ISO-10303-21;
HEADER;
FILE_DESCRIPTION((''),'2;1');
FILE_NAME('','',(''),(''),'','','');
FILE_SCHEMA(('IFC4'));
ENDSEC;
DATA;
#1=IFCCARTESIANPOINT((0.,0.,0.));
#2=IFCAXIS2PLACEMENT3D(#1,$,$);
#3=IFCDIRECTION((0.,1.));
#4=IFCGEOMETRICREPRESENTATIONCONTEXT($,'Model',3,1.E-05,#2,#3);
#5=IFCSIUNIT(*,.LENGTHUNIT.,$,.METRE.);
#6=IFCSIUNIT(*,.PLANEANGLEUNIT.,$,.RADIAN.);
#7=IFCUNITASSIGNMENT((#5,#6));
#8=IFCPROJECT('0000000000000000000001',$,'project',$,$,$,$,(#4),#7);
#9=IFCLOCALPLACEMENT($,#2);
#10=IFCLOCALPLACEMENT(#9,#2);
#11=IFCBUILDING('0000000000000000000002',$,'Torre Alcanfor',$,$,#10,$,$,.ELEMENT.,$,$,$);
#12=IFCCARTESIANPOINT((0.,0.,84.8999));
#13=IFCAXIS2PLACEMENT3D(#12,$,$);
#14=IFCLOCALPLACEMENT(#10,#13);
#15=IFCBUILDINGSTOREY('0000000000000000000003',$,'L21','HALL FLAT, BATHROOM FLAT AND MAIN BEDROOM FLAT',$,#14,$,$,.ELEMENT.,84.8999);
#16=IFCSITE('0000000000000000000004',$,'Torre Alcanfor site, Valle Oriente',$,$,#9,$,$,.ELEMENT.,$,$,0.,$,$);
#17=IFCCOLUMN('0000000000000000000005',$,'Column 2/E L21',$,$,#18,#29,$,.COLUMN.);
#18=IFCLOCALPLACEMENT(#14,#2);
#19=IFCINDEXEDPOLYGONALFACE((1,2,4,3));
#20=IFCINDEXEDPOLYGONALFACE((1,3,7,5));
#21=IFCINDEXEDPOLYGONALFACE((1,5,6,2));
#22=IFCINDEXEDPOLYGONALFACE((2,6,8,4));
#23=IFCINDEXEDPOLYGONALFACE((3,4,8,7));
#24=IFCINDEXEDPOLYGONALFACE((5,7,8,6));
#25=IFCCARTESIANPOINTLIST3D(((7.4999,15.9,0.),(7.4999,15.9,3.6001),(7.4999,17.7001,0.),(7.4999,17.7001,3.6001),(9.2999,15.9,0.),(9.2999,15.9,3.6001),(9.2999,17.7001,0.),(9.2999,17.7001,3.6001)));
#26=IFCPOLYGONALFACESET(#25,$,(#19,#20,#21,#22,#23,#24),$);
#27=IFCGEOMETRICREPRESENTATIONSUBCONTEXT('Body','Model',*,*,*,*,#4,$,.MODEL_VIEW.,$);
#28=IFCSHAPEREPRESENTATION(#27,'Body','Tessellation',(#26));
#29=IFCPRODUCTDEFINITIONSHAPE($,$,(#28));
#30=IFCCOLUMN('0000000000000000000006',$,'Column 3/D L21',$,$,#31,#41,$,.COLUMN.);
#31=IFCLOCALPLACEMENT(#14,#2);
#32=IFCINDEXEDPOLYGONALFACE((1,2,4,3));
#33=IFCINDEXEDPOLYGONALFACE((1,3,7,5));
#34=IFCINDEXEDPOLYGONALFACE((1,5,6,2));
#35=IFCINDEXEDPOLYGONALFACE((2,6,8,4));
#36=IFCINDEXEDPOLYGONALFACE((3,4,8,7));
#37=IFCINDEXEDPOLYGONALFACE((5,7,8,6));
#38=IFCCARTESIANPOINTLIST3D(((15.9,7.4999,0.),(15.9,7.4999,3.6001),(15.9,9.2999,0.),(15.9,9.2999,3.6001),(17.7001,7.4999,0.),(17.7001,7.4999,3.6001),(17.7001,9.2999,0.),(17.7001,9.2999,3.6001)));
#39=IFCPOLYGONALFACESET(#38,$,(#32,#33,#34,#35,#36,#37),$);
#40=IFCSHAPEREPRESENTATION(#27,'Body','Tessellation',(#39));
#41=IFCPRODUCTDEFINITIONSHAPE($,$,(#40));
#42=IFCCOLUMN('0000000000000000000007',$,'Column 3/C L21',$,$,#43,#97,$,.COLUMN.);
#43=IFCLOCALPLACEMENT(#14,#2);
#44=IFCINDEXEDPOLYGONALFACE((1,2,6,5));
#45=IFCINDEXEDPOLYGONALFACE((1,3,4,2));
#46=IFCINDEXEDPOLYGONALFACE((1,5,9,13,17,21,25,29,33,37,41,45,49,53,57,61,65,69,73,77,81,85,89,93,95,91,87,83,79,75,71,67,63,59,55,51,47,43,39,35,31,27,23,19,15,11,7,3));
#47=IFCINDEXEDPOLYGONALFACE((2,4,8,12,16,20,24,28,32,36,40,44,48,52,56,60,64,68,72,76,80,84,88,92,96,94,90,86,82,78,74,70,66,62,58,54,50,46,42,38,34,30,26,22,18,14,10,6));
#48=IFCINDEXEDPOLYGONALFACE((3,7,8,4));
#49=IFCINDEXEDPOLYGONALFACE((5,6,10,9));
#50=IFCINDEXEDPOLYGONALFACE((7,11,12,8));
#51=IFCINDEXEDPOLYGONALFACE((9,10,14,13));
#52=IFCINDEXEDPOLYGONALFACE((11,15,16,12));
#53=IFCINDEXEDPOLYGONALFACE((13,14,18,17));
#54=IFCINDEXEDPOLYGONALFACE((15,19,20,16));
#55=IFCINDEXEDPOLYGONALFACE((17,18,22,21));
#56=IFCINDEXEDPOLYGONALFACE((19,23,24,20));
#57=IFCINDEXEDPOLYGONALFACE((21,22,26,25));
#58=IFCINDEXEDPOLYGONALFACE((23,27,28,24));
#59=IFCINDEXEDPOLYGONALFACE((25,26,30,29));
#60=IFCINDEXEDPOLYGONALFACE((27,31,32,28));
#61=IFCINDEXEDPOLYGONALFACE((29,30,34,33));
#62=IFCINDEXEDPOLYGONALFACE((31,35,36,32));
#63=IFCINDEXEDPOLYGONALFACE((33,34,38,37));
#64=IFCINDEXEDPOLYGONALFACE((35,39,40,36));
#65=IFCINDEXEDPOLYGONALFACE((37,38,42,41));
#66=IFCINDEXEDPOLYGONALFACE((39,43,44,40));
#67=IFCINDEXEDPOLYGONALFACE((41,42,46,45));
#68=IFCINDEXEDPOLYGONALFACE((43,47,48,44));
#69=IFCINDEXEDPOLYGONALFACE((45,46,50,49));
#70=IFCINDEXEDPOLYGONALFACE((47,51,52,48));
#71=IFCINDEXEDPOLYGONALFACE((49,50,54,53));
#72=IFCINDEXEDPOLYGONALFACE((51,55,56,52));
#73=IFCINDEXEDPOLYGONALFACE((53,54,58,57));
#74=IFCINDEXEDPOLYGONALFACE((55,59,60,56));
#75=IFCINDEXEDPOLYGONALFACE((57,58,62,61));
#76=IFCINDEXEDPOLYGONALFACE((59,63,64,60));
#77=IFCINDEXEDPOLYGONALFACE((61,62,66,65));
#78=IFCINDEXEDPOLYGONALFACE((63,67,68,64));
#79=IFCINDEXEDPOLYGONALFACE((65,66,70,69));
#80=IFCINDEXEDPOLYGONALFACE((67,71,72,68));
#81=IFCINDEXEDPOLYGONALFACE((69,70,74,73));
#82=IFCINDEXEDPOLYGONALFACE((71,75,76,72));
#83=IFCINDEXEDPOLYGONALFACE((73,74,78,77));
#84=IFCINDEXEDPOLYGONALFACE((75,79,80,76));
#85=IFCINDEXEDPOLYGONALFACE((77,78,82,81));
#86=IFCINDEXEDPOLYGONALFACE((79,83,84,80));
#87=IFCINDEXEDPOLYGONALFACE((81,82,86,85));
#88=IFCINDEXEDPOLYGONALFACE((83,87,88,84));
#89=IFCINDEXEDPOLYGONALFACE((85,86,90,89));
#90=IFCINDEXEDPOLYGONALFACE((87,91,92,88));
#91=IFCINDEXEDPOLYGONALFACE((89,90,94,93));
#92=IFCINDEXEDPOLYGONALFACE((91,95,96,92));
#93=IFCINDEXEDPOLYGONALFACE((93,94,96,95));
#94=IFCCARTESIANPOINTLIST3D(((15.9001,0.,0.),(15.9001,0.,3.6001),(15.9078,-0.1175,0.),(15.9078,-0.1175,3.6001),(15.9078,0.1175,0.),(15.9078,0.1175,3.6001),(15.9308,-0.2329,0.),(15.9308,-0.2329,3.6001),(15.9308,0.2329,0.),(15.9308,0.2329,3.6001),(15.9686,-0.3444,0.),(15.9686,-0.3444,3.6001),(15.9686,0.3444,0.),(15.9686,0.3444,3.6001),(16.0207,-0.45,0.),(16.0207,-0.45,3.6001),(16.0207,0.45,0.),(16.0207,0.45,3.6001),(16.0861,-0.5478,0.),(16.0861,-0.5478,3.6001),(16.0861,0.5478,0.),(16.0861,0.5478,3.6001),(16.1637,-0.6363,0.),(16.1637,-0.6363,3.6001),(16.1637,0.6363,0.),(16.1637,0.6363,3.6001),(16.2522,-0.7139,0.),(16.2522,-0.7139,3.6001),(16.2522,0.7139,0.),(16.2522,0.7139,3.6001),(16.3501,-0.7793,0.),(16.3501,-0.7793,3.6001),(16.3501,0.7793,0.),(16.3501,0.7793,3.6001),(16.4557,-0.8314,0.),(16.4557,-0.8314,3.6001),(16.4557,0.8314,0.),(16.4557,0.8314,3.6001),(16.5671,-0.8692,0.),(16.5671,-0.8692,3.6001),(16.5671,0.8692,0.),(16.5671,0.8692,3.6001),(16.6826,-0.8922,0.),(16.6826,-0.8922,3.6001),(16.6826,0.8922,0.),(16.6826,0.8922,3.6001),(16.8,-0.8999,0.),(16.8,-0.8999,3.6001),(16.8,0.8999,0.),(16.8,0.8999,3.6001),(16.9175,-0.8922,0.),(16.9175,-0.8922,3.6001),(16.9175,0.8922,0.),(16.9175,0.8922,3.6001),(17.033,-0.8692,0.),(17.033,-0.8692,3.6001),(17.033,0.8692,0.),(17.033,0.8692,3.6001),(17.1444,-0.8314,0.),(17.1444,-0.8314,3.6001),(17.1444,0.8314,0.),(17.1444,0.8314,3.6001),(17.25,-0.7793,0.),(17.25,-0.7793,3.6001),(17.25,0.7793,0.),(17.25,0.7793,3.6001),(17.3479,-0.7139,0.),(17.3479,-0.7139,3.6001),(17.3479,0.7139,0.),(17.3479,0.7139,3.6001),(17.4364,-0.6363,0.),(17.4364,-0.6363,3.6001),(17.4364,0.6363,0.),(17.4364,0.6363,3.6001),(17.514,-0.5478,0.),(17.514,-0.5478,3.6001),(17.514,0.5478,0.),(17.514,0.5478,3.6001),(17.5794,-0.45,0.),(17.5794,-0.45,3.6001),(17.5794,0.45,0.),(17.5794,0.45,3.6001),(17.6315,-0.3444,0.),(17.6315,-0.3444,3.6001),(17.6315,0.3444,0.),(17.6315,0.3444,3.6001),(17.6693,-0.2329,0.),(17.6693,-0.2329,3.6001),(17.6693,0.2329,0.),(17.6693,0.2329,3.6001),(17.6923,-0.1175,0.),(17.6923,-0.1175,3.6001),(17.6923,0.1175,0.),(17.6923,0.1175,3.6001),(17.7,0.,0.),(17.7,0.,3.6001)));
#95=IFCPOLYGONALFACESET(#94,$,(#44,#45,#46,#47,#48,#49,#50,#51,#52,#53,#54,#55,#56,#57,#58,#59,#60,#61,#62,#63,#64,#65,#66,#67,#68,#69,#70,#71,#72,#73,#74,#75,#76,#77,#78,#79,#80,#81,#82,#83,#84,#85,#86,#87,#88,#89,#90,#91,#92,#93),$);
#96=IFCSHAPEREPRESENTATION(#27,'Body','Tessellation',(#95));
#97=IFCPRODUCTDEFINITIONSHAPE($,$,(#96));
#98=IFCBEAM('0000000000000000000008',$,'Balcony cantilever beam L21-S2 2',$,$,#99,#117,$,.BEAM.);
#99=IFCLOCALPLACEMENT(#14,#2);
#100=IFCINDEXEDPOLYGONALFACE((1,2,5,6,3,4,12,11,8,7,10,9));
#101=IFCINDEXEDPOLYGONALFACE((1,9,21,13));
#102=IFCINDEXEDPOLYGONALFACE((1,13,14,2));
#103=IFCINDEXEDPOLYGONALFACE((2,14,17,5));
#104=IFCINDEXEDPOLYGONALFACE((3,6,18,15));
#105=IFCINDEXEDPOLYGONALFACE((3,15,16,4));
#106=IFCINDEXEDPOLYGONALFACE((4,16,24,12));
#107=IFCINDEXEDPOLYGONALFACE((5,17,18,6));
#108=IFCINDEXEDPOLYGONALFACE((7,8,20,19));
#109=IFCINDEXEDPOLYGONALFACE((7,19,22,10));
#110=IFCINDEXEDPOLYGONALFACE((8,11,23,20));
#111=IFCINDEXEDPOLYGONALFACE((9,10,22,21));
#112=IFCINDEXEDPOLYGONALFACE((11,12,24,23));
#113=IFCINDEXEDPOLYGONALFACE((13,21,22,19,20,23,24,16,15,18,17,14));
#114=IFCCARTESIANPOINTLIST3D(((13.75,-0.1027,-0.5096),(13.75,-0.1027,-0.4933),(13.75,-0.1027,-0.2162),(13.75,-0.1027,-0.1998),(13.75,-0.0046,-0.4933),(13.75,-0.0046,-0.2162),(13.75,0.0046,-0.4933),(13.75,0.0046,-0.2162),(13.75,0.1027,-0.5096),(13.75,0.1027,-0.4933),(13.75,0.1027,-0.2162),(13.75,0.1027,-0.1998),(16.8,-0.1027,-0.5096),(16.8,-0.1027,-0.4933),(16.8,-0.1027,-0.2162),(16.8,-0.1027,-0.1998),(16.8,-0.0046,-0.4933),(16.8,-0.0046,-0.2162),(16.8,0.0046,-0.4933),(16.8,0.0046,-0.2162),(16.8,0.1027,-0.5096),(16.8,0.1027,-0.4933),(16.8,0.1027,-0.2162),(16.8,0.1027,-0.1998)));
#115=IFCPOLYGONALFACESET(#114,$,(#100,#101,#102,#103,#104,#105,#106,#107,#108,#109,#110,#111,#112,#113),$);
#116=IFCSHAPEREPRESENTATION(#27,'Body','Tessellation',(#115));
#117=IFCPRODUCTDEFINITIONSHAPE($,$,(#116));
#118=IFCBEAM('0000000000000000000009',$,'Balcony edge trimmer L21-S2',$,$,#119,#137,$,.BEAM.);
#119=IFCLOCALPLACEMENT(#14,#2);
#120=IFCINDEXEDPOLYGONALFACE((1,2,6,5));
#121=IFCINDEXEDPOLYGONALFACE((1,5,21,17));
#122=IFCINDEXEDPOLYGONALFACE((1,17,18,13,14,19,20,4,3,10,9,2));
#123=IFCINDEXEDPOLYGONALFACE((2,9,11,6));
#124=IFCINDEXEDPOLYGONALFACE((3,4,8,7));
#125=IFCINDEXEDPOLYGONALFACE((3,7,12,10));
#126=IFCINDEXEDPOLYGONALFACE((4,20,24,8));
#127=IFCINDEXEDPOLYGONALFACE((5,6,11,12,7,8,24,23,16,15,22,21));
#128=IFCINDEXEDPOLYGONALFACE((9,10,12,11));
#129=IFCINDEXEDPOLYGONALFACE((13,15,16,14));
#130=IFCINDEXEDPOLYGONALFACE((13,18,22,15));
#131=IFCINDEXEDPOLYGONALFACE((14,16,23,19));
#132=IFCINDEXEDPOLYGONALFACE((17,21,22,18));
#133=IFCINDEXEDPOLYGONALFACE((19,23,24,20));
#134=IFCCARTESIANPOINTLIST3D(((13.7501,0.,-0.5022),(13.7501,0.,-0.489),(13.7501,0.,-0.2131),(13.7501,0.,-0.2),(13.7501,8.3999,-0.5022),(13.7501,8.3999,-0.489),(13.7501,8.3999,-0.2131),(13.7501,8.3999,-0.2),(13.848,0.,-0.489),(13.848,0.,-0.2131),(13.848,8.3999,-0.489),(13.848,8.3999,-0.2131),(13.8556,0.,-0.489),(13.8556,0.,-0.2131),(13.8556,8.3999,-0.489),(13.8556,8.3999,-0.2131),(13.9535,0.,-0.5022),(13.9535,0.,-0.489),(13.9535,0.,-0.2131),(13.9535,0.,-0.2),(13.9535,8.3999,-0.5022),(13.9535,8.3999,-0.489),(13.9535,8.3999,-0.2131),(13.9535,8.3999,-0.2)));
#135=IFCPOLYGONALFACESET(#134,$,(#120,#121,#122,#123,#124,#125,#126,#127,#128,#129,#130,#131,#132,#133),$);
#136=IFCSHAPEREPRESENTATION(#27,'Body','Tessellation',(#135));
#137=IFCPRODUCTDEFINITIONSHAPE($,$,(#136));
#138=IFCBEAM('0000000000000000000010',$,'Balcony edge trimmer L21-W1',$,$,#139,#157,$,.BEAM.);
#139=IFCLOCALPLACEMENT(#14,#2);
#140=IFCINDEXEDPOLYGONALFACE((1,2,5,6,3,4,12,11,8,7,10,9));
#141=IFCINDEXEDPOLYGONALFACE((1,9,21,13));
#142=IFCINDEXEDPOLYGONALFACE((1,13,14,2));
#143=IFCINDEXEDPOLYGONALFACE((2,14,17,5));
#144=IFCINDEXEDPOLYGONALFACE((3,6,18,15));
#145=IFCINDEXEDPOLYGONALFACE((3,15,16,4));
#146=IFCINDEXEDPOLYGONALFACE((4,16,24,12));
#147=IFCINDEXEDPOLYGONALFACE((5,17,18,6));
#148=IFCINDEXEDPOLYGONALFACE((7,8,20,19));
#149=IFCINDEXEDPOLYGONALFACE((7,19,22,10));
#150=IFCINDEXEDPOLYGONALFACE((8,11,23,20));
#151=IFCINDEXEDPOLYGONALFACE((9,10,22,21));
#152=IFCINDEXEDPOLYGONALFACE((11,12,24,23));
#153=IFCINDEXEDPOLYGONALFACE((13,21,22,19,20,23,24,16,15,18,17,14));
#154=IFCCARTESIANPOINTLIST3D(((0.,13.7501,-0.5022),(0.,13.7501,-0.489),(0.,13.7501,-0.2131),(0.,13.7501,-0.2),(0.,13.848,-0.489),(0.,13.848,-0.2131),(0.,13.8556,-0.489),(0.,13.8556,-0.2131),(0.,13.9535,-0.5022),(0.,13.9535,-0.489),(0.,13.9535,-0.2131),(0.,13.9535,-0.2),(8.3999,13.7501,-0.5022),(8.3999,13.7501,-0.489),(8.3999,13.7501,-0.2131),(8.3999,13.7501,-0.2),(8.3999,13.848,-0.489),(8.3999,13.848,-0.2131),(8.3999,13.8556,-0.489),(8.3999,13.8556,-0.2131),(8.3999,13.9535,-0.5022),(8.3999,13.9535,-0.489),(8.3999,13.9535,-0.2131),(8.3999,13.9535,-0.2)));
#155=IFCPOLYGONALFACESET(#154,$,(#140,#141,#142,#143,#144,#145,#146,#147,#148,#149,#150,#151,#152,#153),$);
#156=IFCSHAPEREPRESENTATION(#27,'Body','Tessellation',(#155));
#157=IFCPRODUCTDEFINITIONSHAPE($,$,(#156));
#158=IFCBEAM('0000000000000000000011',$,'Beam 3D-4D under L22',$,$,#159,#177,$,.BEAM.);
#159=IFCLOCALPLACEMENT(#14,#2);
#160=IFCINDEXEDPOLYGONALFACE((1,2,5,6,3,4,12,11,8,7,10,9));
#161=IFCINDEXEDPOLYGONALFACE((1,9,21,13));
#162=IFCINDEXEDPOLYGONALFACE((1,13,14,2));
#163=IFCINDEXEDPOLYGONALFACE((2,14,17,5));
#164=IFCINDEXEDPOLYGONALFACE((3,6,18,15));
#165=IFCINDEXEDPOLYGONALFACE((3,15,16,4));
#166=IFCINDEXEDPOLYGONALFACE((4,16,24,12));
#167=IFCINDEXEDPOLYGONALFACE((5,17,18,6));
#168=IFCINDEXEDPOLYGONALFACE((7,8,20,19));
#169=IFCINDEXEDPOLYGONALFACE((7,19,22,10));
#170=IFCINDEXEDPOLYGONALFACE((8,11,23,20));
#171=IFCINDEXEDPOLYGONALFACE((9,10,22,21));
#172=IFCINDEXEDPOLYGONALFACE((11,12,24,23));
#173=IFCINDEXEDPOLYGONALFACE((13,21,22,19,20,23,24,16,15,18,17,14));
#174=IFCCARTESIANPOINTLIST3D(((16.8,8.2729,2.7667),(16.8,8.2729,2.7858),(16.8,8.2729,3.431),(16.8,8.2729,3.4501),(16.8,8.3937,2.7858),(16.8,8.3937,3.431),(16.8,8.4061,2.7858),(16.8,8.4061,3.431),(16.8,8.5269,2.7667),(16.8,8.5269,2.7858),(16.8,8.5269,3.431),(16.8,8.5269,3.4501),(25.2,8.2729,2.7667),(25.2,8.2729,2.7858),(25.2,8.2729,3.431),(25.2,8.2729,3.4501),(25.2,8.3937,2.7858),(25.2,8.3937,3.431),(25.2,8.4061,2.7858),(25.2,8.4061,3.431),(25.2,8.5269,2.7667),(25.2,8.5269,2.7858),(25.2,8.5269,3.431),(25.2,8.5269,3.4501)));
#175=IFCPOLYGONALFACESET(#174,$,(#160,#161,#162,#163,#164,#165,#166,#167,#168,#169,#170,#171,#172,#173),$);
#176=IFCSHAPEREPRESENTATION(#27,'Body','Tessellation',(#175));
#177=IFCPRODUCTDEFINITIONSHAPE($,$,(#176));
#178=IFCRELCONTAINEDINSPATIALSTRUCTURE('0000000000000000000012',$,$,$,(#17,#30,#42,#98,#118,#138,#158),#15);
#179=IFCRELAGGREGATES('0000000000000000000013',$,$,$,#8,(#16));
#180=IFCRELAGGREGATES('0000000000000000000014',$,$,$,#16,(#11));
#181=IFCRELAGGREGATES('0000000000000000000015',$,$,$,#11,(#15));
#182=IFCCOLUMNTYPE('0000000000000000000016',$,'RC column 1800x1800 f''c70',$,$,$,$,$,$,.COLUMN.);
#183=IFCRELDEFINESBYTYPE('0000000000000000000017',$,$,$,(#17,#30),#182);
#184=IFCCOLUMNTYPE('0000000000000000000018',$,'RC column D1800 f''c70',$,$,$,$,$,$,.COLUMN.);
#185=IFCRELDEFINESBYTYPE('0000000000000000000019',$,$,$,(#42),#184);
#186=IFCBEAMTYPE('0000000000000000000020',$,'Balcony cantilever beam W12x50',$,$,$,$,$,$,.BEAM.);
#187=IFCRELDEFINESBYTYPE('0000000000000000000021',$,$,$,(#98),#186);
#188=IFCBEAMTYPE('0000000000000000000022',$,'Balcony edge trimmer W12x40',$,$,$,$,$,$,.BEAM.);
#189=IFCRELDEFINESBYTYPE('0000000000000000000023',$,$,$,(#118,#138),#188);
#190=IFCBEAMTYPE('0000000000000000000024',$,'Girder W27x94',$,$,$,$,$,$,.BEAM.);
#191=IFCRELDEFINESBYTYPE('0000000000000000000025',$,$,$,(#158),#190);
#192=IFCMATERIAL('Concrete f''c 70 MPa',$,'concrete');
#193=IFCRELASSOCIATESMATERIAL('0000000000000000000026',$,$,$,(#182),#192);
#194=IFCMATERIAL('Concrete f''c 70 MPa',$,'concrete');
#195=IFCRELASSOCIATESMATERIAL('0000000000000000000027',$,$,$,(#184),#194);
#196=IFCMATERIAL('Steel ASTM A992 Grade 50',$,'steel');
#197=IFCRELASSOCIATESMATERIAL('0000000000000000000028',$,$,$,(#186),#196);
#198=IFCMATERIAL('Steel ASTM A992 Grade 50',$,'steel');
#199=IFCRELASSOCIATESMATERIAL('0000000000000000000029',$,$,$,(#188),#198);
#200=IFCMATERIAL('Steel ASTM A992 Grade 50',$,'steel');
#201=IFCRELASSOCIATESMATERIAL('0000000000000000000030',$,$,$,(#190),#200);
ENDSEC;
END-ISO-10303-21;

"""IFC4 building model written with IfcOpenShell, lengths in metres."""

from ifc_helpers import new_model, si_unit, direction, frame, origin, origin_2d, place, context, subcontext, project, spatial, rectangle, circle, i_section, extrude, material, material_profile, profile_set, type_object, element, save


model = new_model("IFC4")

# Units and contexts
model_context = context("Model", 3, precision=1e-05, world=origin(), true_north=direction((0.0, 1.0)))
body_context = subcontext(model_context, "Body", "Model", "MODEL_VIEW")
ifc_project = project(units=[si_unit("LENGTHUNIT", "METRE"), si_unit("PLANEANGLEUNIT", "RADIAN")], contexts=[model_context])

# Site, building, storey
site_placement = place(None, origin())
site = spatial("IfcSite", under=ifc_project, at=site_placement, Name="Torre Alcanfor site, Valle Oriente", CompositionType="ELEMENT", RefElevation=0.0)
building_placement = place(site_placement, origin())
building = spatial("IfcBuilding", under=site, at=building_placement, Name="Torre Alcanfor", CompositionType="ELEMENT")
storey_placement = place(building_placement, frame((0.0, 0.0, 84.8999)))
storey = spatial("IfcBuildingStorey", under=building, at=storey_placement, Name="L21", Description="HALL FLAT, BATHROOM FLAT AND MAIN BEDROOM FLAT", CompositionType="ELEMENT", Elevation=84.8999)

# Columns
ifc_material_1 = material(Name="Concrete f'c 70 MPa", Category="concrete")
ifc_material_profile_1 = material_profile(ifc_material_1, rectangle(XDim=1.8, YDim=1.8, at=origin_2d()), Name="1800x1800")
ifc_profile_set_1 = profile_set([ifc_material_profile_1], Name="Concrete f'c 70 MPa")
column_type_1 = type_object("IfcColumnType", Name="RC column 1800x1800 f'c70", PredefinedType="COLUMN", material=ifc_profile_set_1)
for number, where, z_axis, x_axis, name in (
    (1, (8.3999, 16.8, 0.0), (0.0, 0.0, 1.0), (1.0, 0.0, 0.0), "Column 2/E L21"),
    (2, (16.8, 8.3999, 0.0), (0.0, 0.0, 1.0), (1.0, 0.0, 0.0), "Column 3/D L21"),
):
    element("IfcColumn", number, at=place(storey_placement, frame(where, z_axis=z_axis, x_axis=x_axis)), inside=storey, type_object=column_type_1, Name=name, PredefinedType="COLUMN", context=body_context, shape_type="SweptSolid", body=[
        extrude(rectangle(XDim=1.8, YDim=1.8, at=origin_2d()), origin(), (0.0, 0.0, 1.0), 3.6001),
    ])
ifc_material_2 = material(Name="Concrete f'c 70 MPa", Category="concrete")
ifc_material_profile_2 = material_profile(ifc_material_2, circle(Radius=0.8999, at=origin_2d()), Name="D1800")
ifc_profile_set_2 = profile_set([ifc_material_profile_2], Name="Concrete f'c 70 MPa")
column_type_2 = type_object("IfcColumnType", Name="RC column D1800 f'c70", PredefinedType="COLUMN", material=ifc_profile_set_2)
column_placement = place(storey_placement, frame((16.8, 0.0, 0.0), z_axis=(0.0, 0.0, 1.0), x_axis=(1.0, 0.0, 0.0)))
element("IfcColumn", 3, at=column_placement, inside=storey, type_object=column_type_2, Name="Column 3/C L21", PredefinedType="COLUMN", context=body_context, shape_type="SweptSolid", body=[
    extrude(circle(Radius=0.8999, at=origin_2d()), origin(), (0.0, 0.0, 1.0), 3.6001),
])

# Beams
ifc_material_3 = material(Name="Steel ASTM A992 Grade 50", Category="steel")
ifc_material_profile_3 = material_profile(ifc_material_3, i_section(OverallWidth=0.2053, OverallDepth=0.3098, WebThickness=0.0093, FlangeThickness=0.0164, at=origin_2d()), Name="W12x50")
ifc_profile_set_3 = profile_set([ifc_material_profile_3], Name="Steel ASTM A992 Grade 50")
beam_type_1 = type_object("IfcBeamType", Name="Balcony cantilever beam W12x50", PredefinedType="BEAM", material=ifc_profile_set_3)
beam_placement = place(storey_placement, frame((16.8, 0.0, -0.3547), z_axis=(-1.0, 0.0, 0.0), x_axis=(0.0, -1.0, 0.0)))
element("IfcBeam", 4, at=beam_placement, inside=storey, type_object=beam_type_1, Name="Balcony cantilever beam L21-S2 2", PredefinedType="BEAM", context=body_context, shape_type="SweptSolid", body=[
    extrude(i_section(OverallWidth=0.2053, OverallDepth=0.3098, WebThickness=0.0093, FlangeThickness=0.0164, at=origin_2d()), origin(), (0.0, 0.0, 1.0), 3.05),
])
ifc_material_4 = material(Name="Steel ASTM A992 Grade 50", Category="steel")
ifc_material_profile_4 = material_profile(ifc_material_4, i_section(OverallWidth=0.2034, OverallDepth=0.3022, WebThickness=0.0076, FlangeThickness=0.0132, at=origin_2d()), Name="W12x40")
ifc_profile_set_4 = profile_set([ifc_material_profile_4], Name="Steel ASTM A992 Grade 50")
beam_type_2 = type_object("IfcBeamType", Name="Balcony edge trimmer W12x40", PredefinedType="BEAM", material=ifc_profile_set_4)
for number, where, z_axis, x_axis, name in (
    (5, (13.8518, 8.3999, -0.3511), (0.0, -1.0, 0.0), (1.0, 0.0, 0.0), "Balcony edge trimmer L21-S2"),
    (6, (8.3999, 13.8518, -0.3511), (-1.0, 0.0, 0.0), (0.0, -1.0, 0.0), "Balcony edge trimmer L21-W1"),
):
    element("IfcBeam", number, at=place(storey_placement, frame(where, z_axis=z_axis, x_axis=x_axis)), inside=storey, type_object=beam_type_2, Name=name, PredefinedType="BEAM", context=body_context, shape_type="SweptSolid", body=[
        extrude(i_section(OverallWidth=0.2034, OverallDepth=0.3022, WebThickness=0.0076, FlangeThickness=0.0132, at=origin_2d()), origin(), (0.0, 0.0, 1.0), 8.3999),
    ])
ifc_material_5 = material(Name="Steel ASTM A992 Grade 50", Category="steel")
ifc_material_profile_5 = material_profile(ifc_material_5, i_section(OverallWidth=0.2539, OverallDepth=0.6833, WebThickness=0.0125, FlangeThickness=0.019, at=origin_2d()), Name="W27x94")
ifc_profile_set_5 = profile_set([ifc_material_profile_5], Name="Steel ASTM A992 Grade 50")
beam_type_3 = type_object("IfcBeamType", Name="Girder W27x94", PredefinedType="BEAM", material=ifc_profile_set_5)
for number, where, z_axis, x_axis, name in (
    (7, (16.8, 8.3999, 3.1084), (1.0, 0.0, 0.0), (0.0, 1.0, 0.0), "Beam 3D-4D under L22"),
):
    element("IfcBeam", number, at=place(storey_placement, frame(where, z_axis=z_axis, x_axis=x_axis)), inside=storey, type_object=beam_type_3, Name=name, PredefinedType="BEAM", context=body_context, shape_type="SweptSolid", body=[
        extrude(i_section(OverallWidth=0.2539, OverallDepth=0.6833, WebThickness=0.0125, FlangeThickness=0.019, at=origin_2d()), origin(), (0.0, 0.0, 1.0), 8.3999),
    ])

save(model, "model.ifc")
